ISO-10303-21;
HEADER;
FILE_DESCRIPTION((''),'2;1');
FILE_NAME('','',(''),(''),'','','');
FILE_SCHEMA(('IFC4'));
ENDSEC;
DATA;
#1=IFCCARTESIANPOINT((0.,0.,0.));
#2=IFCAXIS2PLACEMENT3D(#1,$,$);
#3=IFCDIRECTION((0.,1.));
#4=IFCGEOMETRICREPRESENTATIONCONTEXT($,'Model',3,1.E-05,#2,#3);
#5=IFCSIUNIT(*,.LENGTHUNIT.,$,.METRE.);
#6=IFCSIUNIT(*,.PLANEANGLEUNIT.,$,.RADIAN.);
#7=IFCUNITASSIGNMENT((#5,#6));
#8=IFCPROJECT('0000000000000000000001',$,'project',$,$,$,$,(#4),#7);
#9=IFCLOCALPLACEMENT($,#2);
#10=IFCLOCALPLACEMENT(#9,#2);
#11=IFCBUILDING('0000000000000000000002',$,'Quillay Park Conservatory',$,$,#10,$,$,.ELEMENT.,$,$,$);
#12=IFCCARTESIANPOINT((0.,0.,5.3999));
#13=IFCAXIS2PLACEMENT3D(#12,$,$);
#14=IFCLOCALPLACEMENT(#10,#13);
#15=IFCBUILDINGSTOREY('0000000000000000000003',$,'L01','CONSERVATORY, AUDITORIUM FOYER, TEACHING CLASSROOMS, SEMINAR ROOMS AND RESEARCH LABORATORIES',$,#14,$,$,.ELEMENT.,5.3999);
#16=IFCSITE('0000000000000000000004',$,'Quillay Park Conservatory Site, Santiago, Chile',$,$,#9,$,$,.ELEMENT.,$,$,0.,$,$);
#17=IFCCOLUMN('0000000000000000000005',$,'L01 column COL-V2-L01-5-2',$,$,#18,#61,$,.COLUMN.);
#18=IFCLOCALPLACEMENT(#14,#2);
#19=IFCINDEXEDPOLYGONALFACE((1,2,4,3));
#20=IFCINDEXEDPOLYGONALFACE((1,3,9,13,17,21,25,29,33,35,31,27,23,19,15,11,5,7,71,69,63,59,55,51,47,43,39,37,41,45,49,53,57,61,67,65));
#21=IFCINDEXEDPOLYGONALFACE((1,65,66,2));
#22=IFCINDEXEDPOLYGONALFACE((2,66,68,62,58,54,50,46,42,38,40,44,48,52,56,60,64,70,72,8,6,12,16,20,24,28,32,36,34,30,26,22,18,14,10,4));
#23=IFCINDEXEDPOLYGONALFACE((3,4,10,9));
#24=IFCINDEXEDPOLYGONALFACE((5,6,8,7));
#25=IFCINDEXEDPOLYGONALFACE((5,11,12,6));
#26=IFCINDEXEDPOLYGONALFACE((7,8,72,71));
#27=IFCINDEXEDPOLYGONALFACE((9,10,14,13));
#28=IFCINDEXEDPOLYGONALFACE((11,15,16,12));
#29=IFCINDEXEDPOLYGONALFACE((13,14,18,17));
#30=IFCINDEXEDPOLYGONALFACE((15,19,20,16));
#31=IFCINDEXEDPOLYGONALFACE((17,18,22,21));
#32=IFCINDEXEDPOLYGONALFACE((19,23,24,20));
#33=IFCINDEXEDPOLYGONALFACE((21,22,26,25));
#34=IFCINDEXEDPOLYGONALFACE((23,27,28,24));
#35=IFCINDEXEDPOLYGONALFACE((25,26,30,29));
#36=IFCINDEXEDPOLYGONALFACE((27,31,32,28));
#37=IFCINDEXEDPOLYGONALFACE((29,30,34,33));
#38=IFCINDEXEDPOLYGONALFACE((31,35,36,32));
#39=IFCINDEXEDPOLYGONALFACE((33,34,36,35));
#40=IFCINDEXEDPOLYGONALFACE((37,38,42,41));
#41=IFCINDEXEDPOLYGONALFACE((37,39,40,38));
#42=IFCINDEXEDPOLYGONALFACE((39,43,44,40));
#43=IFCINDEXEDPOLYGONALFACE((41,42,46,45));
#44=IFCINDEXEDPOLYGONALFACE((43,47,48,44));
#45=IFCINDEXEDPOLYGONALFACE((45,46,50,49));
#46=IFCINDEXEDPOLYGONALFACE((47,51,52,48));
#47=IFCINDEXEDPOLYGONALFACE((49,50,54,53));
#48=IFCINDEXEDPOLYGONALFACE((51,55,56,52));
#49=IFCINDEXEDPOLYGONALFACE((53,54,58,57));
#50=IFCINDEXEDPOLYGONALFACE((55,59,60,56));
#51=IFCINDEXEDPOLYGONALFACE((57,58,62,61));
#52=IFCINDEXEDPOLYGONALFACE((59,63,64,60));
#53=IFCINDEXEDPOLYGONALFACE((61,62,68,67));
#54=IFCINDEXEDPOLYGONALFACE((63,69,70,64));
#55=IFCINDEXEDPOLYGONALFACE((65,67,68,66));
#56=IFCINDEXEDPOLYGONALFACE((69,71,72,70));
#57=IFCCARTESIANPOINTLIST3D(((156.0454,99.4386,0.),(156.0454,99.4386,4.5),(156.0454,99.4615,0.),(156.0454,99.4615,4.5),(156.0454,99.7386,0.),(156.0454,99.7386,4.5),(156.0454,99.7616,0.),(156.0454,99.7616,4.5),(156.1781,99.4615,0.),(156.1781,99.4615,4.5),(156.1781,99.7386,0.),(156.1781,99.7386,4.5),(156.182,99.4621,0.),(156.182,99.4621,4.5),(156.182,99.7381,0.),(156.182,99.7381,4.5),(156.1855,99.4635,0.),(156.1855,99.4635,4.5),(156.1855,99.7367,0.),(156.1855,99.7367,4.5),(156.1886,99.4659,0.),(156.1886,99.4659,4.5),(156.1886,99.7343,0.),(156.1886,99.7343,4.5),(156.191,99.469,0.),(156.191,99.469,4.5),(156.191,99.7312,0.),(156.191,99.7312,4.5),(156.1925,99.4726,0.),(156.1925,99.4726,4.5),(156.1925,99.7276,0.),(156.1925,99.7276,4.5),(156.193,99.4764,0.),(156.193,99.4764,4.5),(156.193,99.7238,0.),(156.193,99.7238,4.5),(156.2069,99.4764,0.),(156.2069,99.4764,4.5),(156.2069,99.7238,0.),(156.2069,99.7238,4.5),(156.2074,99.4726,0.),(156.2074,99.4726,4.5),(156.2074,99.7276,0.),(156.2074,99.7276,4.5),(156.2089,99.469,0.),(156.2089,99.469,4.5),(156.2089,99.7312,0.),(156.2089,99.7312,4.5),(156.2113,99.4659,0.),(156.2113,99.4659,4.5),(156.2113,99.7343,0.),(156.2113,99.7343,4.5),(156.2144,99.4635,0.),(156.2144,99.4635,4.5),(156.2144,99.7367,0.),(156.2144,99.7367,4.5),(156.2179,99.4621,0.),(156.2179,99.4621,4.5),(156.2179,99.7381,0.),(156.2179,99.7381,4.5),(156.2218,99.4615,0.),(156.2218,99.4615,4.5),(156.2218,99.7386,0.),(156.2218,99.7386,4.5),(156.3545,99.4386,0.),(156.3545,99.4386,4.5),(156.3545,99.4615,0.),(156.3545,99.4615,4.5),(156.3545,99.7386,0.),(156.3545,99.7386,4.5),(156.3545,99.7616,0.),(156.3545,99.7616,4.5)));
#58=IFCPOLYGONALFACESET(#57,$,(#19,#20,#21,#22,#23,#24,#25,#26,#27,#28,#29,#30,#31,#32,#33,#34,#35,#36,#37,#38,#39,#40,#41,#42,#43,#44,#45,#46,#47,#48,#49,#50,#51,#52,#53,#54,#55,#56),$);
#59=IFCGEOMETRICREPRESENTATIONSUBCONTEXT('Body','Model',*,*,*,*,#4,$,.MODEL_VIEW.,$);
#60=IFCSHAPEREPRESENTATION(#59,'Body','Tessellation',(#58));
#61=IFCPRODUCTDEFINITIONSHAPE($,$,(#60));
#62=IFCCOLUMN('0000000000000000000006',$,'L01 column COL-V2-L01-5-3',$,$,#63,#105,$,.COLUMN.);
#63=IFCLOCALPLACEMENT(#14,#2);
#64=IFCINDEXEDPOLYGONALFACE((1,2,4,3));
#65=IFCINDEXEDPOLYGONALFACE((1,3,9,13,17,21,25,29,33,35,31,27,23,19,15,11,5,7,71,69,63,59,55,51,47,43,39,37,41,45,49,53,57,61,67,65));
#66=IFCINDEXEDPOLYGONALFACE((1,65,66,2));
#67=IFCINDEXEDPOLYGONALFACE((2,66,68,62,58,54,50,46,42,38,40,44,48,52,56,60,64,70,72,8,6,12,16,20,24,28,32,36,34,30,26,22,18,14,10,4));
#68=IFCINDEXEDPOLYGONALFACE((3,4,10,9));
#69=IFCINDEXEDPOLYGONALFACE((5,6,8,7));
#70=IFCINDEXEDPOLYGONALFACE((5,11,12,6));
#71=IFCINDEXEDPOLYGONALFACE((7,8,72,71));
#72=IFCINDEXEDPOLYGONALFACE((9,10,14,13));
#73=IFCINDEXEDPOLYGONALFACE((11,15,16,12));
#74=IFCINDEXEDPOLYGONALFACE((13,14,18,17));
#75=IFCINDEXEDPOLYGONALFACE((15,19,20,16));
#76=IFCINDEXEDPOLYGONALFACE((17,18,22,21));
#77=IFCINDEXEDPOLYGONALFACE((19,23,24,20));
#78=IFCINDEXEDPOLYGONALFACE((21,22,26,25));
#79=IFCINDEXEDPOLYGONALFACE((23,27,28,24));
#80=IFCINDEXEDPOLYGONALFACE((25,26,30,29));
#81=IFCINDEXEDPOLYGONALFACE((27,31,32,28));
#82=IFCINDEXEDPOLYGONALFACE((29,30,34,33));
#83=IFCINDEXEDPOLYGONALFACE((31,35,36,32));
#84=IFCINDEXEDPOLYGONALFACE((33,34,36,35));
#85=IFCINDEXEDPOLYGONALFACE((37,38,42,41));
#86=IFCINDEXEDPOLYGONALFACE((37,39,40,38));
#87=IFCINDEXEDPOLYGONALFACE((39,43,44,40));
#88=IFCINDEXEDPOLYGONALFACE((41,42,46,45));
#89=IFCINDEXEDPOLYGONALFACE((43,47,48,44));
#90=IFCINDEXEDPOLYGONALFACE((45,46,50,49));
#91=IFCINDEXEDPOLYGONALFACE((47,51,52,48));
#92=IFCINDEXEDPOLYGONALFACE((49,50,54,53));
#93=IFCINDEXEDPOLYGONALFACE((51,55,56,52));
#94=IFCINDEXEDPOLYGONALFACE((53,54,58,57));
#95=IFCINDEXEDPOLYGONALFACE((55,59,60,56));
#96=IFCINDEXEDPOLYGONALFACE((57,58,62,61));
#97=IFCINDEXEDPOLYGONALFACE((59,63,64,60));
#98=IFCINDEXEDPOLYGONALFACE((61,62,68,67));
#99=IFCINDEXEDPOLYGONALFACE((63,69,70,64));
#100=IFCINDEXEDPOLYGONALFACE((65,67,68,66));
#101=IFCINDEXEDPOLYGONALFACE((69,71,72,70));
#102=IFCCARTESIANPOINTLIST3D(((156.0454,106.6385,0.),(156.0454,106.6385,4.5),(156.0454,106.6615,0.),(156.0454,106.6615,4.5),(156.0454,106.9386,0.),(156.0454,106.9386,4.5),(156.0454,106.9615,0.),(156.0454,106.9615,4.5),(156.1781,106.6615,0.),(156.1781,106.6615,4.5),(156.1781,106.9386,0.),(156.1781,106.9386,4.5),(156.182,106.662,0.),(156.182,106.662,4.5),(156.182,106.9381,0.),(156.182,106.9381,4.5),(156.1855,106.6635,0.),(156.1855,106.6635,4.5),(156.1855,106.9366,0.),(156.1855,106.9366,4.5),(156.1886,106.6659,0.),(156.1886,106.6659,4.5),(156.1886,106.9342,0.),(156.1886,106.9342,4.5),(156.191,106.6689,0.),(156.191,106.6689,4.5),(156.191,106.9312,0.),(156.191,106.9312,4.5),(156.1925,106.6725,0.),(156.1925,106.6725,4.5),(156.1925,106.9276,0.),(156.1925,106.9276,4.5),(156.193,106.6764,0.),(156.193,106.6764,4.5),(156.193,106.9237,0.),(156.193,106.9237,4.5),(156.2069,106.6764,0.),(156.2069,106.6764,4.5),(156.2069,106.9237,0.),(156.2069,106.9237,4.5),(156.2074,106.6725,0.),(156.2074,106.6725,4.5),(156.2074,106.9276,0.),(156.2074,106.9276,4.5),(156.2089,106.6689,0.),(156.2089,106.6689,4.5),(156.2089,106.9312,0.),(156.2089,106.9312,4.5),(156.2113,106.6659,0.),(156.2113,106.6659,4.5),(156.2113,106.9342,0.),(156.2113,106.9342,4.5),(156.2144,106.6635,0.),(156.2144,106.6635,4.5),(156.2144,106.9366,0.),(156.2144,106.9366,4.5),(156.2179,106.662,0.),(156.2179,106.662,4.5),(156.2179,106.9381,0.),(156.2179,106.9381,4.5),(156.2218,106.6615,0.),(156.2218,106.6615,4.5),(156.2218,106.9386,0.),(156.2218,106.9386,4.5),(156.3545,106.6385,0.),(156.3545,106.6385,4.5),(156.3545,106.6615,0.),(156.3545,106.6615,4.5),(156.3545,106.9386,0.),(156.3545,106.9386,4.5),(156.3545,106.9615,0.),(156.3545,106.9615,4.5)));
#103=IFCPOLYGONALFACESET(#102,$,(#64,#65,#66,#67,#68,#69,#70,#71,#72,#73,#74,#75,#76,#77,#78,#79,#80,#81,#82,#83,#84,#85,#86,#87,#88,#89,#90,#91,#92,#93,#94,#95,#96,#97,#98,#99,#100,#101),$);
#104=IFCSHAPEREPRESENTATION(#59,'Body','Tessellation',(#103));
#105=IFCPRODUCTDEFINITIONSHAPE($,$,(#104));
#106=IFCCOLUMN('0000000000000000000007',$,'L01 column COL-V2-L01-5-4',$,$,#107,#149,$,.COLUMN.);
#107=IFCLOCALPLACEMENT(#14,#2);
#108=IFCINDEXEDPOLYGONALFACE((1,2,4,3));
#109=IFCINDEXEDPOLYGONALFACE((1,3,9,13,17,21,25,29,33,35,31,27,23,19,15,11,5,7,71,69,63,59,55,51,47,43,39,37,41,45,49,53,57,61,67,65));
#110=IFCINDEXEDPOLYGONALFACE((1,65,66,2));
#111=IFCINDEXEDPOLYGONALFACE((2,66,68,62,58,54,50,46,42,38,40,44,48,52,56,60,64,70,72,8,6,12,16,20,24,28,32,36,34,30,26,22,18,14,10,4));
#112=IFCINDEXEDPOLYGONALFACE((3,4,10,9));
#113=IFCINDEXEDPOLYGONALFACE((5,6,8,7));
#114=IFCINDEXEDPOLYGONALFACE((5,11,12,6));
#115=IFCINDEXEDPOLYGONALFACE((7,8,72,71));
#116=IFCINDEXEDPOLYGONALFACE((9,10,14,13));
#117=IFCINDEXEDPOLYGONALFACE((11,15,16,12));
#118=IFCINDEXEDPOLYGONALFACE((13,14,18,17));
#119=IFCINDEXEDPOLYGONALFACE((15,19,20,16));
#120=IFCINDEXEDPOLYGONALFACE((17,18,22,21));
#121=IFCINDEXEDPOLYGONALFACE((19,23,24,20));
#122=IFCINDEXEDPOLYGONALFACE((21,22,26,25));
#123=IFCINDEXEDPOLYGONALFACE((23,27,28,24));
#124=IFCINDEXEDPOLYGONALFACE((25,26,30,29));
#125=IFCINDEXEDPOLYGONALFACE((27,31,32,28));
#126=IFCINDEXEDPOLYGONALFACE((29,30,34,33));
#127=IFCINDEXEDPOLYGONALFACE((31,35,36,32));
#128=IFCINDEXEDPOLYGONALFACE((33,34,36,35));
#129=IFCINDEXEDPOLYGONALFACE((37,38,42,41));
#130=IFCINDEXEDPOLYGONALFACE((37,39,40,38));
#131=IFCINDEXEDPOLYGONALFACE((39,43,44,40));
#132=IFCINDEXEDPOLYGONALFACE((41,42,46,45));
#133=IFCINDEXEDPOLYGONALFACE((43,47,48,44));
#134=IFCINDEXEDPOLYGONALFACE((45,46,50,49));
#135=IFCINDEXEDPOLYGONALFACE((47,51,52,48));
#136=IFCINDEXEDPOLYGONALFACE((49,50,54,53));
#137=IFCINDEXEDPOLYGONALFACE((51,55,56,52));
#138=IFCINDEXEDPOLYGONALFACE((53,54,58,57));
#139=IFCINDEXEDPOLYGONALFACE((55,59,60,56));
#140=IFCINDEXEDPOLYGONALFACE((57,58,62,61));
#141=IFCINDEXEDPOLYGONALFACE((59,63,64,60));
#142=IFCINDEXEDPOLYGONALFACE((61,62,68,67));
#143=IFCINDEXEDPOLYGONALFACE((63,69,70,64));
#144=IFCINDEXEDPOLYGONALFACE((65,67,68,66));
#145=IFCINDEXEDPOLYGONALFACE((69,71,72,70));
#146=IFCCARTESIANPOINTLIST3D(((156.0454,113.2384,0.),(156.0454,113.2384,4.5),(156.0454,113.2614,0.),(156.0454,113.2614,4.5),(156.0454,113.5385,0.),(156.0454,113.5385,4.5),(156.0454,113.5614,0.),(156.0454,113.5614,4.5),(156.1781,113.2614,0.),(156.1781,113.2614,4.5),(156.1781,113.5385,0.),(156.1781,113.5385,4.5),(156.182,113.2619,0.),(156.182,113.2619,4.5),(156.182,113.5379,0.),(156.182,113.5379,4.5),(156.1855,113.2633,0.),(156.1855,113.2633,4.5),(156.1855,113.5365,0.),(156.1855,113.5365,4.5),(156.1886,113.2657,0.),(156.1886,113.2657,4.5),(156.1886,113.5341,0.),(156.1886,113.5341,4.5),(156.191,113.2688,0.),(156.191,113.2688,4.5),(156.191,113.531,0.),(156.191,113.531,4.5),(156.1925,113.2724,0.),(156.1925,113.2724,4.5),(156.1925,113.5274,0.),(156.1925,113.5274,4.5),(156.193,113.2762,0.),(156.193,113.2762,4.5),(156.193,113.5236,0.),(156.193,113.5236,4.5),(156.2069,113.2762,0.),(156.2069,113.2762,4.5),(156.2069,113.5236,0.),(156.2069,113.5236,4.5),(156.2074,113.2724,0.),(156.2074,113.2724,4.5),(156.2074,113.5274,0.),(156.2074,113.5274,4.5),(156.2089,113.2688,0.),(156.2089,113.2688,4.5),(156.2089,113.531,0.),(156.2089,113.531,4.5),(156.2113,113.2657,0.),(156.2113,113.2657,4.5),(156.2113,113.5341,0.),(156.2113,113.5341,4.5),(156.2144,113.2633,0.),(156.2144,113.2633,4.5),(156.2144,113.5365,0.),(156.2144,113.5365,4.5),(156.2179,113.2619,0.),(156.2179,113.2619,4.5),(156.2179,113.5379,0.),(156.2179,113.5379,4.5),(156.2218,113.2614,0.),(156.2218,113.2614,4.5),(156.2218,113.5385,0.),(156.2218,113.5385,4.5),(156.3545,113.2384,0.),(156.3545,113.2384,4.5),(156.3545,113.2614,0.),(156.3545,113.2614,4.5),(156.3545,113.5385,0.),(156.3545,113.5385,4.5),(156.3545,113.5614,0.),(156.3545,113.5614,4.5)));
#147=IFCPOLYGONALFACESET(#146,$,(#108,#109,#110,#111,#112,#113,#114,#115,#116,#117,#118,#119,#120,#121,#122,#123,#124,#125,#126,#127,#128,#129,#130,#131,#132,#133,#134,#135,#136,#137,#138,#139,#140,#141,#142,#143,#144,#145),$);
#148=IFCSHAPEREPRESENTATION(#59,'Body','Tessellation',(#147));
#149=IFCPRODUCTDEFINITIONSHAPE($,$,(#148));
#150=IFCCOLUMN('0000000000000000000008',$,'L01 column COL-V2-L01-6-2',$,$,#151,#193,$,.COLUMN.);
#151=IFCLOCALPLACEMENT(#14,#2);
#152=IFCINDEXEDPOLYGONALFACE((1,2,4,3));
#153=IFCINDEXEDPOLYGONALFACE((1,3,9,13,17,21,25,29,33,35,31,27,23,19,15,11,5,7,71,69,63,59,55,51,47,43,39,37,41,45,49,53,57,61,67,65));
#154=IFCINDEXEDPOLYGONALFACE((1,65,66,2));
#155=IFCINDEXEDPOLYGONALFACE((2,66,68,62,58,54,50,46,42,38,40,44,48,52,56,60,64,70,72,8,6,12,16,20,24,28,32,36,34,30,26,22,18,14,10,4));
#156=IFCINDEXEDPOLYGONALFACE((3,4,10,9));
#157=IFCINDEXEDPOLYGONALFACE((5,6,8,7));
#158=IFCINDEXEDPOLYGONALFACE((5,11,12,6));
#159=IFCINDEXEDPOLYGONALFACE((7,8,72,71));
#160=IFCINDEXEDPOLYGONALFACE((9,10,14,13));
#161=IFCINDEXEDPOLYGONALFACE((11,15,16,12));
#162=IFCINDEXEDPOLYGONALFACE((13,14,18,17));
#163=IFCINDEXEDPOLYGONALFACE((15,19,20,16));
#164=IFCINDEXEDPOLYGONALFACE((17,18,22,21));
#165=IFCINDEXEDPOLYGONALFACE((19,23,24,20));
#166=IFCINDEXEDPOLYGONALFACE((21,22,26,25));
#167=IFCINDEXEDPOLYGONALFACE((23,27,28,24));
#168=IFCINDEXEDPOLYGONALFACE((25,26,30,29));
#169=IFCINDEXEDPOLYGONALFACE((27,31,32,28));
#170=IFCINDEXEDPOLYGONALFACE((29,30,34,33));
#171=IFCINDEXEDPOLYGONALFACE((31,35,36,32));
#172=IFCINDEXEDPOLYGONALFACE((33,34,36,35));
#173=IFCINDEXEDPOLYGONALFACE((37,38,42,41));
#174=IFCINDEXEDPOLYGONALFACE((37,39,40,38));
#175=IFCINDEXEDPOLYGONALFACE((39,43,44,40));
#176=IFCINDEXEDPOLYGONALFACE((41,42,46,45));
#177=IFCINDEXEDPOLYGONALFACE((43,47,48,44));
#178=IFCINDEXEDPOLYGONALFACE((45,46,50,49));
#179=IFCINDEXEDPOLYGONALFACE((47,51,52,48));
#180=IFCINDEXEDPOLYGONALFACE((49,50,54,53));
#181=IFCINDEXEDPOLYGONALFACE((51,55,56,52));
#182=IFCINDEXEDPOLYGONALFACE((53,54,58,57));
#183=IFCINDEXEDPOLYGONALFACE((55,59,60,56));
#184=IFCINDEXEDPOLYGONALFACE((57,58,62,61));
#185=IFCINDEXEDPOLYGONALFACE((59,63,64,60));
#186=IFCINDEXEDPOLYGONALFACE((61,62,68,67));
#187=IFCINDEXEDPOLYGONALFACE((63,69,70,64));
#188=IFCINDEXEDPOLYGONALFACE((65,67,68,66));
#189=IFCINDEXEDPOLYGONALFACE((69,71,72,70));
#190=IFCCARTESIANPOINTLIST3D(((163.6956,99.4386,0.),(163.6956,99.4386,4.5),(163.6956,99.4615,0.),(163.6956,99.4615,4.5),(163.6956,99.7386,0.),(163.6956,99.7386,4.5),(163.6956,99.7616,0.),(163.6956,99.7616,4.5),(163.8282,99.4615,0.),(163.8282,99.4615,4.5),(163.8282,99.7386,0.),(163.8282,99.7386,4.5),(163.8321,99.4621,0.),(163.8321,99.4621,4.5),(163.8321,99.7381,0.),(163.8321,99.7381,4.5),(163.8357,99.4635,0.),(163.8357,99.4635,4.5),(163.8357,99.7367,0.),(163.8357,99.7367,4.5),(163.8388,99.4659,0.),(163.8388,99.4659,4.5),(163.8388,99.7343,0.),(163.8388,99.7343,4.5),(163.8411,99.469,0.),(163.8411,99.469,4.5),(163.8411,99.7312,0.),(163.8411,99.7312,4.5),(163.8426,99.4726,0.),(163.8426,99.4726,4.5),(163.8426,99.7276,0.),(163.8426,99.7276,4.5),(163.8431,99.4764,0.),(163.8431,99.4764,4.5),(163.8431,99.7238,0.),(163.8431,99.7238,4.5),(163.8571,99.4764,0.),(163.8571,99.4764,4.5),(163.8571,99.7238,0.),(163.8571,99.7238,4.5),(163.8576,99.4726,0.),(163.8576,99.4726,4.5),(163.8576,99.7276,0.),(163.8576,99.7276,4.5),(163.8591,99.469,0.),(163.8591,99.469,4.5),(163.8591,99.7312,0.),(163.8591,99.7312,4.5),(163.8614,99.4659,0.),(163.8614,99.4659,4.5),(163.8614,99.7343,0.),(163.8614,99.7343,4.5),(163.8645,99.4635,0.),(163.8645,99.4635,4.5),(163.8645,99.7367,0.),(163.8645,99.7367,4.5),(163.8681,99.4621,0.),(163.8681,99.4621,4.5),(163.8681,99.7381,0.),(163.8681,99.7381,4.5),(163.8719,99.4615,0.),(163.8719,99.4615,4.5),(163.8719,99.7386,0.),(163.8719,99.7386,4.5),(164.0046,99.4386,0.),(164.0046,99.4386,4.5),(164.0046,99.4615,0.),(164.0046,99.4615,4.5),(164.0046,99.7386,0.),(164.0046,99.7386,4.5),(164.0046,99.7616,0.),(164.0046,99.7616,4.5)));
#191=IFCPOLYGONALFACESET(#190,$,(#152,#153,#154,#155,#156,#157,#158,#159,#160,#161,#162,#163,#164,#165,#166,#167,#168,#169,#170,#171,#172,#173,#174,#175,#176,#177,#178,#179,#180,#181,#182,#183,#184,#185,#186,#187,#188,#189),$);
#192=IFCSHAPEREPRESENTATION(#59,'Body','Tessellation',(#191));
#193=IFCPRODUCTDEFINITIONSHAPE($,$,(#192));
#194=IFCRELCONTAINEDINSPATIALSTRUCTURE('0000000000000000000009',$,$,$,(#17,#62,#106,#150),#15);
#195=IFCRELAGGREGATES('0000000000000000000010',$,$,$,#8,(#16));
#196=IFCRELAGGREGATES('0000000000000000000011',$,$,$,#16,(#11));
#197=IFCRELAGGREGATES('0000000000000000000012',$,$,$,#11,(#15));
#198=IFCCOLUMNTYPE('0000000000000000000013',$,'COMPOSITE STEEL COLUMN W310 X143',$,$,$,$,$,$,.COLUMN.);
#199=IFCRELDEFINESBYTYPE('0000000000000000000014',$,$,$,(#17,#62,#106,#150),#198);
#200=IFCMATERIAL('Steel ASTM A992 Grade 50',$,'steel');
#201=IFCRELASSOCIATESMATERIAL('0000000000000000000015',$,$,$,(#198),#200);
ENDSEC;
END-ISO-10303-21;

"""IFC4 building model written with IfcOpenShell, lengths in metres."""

from ifc_helpers import new_model, si_unit, direction, frame, origin, origin_2d, place, context, subcontext, project, spatial, i_section, extrude, material, material_profile, profile_set, type_object, element, save


model = new_model("IFC4")

# Units and contexts
model_context = context("Model", 3, precision=1e-05, world=origin(), true_north=direction((0.0, 1.0)))
body_context = subcontext(model_context, "Body", "Model", "MODEL_VIEW")
ifc_project = project(units=[si_unit("LENGTHUNIT", "METRE"), si_unit("PLANEANGLEUNIT", "RADIAN")], contexts=[model_context])

# Site, building, storey
site_placement = place(None, origin())
site = spatial("IfcSite", under=ifc_project, at=site_placement, Name="Quillay Park Conservatory Site, Santiago, Chile", CompositionType="ELEMENT", RefElevation=0.0)
building_placement = place(site_placement, origin())
building = spatial("IfcBuilding", under=site, at=building_placement, Name="Quillay Park Conservatory", CompositionType="ELEMENT")
storey_placement = place(building_placement, frame((0.0, 0.0, 5.3999)))
storey = spatial("IfcBuildingStorey", under=building, at=storey_placement, Name="L01", Description="CONSERVATORY, AUDITORIUM FOYER, TEACHING CLASSROOMS, SEMINAR ROOMS AND RESEARCH LABORATORIES", CompositionType="ELEMENT", Elevation=5.3999)

# Columns
ifc_material_1 = material(Name="Steel ASTM A992 Grade 50", Category="steel")
ifc_material_profile_1 = material_profile(ifc_material_1, i_section(OverallWidth=0.3091, OverallDepth=0.323, WebThickness=0.0139, FlangeThickness=0.0229, FilletRadius=0.0149, at=origin_2d()), Name="W310x143")
ifc_profile_set_1 = profile_set([ifc_material_profile_1], Name="Steel ASTM A992 Grade 50")
column_type = type_object("IfcColumnType", Name="COMPOSITE STEEL COLUMN W310 X143", PredefinedType="COLUMN", material=ifc_profile_set_1)
for number, where, z_axis, x_axis, name in (
    (1, (156.2, 99.6001, 0.0), (0.0, 0.0, 1.0), (1.0, 0.0, 0.0), "L01 column COL-V2-L01-5-2"),
    (2, (156.2, 106.8, 0.0), (0.0, 0.0, 1.0), (1.0, 0.0, 0.0), "L01 column COL-V2-L01-5-3"),
    (3, (156.2, 113.3999, 0.0), (0.0, 0.0, 1.0), (1.0, 0.0, 0.0), "L01 column COL-V2-L01-5-4"),
    (4, (163.8501, 99.6001, 0.0), (0.0, 0.0, 1.0), (1.0, 0.0, 0.0), "L01 column COL-V2-L01-6-2"),
):
    element("IfcColumn", number, at=place(storey_placement, frame(where, z_axis=z_axis, x_axis=x_axis)), inside=storey, type_object=column_type, Name=name, PredefinedType="COLUMN", context=body_context, shape_type="SweptSolid", body=[
        extrude(i_section(OverallWidth=0.3091, OverallDepth=0.323, WebThickness=0.0139, FlangeThickness=0.0229, FilletRadius=0.0149, at=origin_2d()), origin(), (0.0, 0.0, 1.0), 4.5),
    ])

save(model, "model.ifc")
